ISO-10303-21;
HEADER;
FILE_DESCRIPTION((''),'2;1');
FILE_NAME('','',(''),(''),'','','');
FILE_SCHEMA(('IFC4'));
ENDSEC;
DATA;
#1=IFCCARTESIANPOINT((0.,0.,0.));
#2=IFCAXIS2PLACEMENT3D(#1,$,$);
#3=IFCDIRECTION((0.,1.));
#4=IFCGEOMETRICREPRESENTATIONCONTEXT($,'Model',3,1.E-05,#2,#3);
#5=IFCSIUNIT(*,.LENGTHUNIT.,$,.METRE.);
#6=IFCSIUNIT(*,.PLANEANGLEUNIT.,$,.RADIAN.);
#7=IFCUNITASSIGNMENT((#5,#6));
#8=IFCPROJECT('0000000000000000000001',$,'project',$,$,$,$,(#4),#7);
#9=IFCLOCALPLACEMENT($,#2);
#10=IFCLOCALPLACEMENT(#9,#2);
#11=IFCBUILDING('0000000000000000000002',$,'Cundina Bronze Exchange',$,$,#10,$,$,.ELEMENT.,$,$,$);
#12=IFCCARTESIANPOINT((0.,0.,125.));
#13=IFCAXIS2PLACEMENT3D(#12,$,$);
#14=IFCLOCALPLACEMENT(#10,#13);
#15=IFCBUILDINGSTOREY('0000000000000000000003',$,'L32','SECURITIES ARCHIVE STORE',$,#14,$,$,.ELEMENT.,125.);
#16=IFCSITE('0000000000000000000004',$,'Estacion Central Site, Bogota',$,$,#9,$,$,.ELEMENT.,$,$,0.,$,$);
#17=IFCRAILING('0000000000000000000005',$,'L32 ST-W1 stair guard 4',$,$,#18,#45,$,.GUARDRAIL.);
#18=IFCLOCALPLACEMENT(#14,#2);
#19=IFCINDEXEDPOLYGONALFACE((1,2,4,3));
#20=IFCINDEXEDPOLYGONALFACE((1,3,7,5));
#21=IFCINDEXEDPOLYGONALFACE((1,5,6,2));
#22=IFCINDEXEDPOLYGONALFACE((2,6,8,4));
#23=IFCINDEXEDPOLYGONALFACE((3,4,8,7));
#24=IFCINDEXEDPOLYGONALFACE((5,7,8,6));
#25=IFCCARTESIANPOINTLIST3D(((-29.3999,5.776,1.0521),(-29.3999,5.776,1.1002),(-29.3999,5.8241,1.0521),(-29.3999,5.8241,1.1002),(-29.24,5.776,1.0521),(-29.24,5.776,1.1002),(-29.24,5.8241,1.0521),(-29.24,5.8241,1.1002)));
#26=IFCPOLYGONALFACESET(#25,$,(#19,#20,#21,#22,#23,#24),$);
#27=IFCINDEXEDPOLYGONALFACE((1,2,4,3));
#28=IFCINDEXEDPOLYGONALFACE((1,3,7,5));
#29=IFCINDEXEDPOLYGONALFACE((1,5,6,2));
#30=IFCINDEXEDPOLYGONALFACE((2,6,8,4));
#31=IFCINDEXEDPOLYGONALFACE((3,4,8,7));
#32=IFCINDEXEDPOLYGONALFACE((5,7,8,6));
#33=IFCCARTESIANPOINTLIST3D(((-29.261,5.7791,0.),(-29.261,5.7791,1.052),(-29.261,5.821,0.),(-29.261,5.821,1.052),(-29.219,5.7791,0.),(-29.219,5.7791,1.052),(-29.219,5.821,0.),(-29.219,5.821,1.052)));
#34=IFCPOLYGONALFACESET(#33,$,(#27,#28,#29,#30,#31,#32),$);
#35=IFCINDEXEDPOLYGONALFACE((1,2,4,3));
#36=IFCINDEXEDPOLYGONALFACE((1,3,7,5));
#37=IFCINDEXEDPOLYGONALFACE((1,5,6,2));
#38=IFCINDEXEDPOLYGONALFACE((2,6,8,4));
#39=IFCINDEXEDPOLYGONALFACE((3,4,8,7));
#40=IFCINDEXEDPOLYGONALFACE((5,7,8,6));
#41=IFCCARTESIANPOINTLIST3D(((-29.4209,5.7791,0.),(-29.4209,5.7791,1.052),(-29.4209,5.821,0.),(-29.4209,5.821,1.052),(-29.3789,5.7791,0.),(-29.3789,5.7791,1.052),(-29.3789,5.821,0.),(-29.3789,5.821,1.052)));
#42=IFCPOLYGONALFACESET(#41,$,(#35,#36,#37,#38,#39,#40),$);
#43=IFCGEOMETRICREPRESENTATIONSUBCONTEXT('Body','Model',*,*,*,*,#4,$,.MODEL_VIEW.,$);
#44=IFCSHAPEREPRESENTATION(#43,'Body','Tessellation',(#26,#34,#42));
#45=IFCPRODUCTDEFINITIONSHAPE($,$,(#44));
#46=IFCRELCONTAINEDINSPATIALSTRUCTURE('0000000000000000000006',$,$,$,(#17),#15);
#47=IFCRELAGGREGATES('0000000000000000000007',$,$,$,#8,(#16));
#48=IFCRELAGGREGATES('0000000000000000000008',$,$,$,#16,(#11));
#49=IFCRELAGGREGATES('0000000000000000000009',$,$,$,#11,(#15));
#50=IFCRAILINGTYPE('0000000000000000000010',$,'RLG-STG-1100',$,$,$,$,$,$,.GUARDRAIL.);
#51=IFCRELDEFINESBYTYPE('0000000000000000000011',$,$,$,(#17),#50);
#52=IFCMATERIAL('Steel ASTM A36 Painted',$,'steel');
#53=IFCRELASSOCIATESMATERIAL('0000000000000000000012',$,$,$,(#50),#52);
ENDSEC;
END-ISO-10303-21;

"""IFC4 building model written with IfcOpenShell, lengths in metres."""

from ifc_helpers import new_model, si_unit, direction, frame, origin, origin_2d, place, context, subcontext, project, spatial, rectangle, extrude, material, type_object, element, save


model = new_model("IFC4")

# Units and contexts
model_context = context("Model", 3, precision=1e-05, world=origin(), true_north=direction((0.0, 1.0)))
body_context = subcontext(model_context, "Body", "Model", "MODEL_VIEW")
ifc_project = project(units=[si_unit("LENGTHUNIT", "METRE"), si_unit("PLANEANGLEUNIT", "RADIAN")], contexts=[model_context])

# Site, building, storey
site_placement = place(None, origin())
site = spatial("IfcSite", under=ifc_project, at=site_placement, Name="Estacion Central Site, Bogota", CompositionType="ELEMENT", RefElevation=0.0)
building_placement = place(site_placement, origin())
building = spatial("IfcBuilding", under=site, at=building_placement, Name="Cundina Bronze Exchange", CompositionType="ELEMENT")
storey_placement = place(building_placement, frame((0.0, 0.0, 125.0)))
storey = spatial("IfcBuildingStorey", under=building, at=storey_placement, Name="L32", Description="SECURITIES ARCHIVE STORE", CompositionType="ELEMENT", Elevation=125.0)

# Shared definitions
ifc_material_1 = material(Name="Steel ASTM A36 Painted", Category="steel")

# Railing
railing_type_1 = type_object("IfcRailingType", Name="RLG-STG-1100", PredefinedType="GUARDRAIL", material=ifc_material_1)
railing_1_placement = place(storey_placement, frame((-29.24, 5.8, 0.0)))
element("IfcRailing", 1, at=railing_1_placement, inside=storey, type_object=railing_type_1, Name="L32 ST-W1 stair guard 4", PredefinedType="GUARDRAIL", context=body_context, shape_type="SweptSolid", body=[
    extrude(rectangle(XDim=0.0481, YDim=0.0481, at=origin_2d()), frame((0.0, 0.0, 1.0762), z_axis=(-1.0, 0.0, 0.0), x_axis=(0.0, -1.0, 0.0)), (0.0, 0.0, 1.0), 0.1599),
    extrude(rectangle(XDim=0.042, YDim=0.042, at=origin_2d()), origin(), (0.0, 0.0, 1.0), 1.052),
    extrude(rectangle(XDim=0.042, YDim=0.042, at=origin_2d()), frame((-0.1599, 0.0, 0.0)), (0.0, 0.0, 1.0), 1.052),
])

save(model, "model.ifc")
